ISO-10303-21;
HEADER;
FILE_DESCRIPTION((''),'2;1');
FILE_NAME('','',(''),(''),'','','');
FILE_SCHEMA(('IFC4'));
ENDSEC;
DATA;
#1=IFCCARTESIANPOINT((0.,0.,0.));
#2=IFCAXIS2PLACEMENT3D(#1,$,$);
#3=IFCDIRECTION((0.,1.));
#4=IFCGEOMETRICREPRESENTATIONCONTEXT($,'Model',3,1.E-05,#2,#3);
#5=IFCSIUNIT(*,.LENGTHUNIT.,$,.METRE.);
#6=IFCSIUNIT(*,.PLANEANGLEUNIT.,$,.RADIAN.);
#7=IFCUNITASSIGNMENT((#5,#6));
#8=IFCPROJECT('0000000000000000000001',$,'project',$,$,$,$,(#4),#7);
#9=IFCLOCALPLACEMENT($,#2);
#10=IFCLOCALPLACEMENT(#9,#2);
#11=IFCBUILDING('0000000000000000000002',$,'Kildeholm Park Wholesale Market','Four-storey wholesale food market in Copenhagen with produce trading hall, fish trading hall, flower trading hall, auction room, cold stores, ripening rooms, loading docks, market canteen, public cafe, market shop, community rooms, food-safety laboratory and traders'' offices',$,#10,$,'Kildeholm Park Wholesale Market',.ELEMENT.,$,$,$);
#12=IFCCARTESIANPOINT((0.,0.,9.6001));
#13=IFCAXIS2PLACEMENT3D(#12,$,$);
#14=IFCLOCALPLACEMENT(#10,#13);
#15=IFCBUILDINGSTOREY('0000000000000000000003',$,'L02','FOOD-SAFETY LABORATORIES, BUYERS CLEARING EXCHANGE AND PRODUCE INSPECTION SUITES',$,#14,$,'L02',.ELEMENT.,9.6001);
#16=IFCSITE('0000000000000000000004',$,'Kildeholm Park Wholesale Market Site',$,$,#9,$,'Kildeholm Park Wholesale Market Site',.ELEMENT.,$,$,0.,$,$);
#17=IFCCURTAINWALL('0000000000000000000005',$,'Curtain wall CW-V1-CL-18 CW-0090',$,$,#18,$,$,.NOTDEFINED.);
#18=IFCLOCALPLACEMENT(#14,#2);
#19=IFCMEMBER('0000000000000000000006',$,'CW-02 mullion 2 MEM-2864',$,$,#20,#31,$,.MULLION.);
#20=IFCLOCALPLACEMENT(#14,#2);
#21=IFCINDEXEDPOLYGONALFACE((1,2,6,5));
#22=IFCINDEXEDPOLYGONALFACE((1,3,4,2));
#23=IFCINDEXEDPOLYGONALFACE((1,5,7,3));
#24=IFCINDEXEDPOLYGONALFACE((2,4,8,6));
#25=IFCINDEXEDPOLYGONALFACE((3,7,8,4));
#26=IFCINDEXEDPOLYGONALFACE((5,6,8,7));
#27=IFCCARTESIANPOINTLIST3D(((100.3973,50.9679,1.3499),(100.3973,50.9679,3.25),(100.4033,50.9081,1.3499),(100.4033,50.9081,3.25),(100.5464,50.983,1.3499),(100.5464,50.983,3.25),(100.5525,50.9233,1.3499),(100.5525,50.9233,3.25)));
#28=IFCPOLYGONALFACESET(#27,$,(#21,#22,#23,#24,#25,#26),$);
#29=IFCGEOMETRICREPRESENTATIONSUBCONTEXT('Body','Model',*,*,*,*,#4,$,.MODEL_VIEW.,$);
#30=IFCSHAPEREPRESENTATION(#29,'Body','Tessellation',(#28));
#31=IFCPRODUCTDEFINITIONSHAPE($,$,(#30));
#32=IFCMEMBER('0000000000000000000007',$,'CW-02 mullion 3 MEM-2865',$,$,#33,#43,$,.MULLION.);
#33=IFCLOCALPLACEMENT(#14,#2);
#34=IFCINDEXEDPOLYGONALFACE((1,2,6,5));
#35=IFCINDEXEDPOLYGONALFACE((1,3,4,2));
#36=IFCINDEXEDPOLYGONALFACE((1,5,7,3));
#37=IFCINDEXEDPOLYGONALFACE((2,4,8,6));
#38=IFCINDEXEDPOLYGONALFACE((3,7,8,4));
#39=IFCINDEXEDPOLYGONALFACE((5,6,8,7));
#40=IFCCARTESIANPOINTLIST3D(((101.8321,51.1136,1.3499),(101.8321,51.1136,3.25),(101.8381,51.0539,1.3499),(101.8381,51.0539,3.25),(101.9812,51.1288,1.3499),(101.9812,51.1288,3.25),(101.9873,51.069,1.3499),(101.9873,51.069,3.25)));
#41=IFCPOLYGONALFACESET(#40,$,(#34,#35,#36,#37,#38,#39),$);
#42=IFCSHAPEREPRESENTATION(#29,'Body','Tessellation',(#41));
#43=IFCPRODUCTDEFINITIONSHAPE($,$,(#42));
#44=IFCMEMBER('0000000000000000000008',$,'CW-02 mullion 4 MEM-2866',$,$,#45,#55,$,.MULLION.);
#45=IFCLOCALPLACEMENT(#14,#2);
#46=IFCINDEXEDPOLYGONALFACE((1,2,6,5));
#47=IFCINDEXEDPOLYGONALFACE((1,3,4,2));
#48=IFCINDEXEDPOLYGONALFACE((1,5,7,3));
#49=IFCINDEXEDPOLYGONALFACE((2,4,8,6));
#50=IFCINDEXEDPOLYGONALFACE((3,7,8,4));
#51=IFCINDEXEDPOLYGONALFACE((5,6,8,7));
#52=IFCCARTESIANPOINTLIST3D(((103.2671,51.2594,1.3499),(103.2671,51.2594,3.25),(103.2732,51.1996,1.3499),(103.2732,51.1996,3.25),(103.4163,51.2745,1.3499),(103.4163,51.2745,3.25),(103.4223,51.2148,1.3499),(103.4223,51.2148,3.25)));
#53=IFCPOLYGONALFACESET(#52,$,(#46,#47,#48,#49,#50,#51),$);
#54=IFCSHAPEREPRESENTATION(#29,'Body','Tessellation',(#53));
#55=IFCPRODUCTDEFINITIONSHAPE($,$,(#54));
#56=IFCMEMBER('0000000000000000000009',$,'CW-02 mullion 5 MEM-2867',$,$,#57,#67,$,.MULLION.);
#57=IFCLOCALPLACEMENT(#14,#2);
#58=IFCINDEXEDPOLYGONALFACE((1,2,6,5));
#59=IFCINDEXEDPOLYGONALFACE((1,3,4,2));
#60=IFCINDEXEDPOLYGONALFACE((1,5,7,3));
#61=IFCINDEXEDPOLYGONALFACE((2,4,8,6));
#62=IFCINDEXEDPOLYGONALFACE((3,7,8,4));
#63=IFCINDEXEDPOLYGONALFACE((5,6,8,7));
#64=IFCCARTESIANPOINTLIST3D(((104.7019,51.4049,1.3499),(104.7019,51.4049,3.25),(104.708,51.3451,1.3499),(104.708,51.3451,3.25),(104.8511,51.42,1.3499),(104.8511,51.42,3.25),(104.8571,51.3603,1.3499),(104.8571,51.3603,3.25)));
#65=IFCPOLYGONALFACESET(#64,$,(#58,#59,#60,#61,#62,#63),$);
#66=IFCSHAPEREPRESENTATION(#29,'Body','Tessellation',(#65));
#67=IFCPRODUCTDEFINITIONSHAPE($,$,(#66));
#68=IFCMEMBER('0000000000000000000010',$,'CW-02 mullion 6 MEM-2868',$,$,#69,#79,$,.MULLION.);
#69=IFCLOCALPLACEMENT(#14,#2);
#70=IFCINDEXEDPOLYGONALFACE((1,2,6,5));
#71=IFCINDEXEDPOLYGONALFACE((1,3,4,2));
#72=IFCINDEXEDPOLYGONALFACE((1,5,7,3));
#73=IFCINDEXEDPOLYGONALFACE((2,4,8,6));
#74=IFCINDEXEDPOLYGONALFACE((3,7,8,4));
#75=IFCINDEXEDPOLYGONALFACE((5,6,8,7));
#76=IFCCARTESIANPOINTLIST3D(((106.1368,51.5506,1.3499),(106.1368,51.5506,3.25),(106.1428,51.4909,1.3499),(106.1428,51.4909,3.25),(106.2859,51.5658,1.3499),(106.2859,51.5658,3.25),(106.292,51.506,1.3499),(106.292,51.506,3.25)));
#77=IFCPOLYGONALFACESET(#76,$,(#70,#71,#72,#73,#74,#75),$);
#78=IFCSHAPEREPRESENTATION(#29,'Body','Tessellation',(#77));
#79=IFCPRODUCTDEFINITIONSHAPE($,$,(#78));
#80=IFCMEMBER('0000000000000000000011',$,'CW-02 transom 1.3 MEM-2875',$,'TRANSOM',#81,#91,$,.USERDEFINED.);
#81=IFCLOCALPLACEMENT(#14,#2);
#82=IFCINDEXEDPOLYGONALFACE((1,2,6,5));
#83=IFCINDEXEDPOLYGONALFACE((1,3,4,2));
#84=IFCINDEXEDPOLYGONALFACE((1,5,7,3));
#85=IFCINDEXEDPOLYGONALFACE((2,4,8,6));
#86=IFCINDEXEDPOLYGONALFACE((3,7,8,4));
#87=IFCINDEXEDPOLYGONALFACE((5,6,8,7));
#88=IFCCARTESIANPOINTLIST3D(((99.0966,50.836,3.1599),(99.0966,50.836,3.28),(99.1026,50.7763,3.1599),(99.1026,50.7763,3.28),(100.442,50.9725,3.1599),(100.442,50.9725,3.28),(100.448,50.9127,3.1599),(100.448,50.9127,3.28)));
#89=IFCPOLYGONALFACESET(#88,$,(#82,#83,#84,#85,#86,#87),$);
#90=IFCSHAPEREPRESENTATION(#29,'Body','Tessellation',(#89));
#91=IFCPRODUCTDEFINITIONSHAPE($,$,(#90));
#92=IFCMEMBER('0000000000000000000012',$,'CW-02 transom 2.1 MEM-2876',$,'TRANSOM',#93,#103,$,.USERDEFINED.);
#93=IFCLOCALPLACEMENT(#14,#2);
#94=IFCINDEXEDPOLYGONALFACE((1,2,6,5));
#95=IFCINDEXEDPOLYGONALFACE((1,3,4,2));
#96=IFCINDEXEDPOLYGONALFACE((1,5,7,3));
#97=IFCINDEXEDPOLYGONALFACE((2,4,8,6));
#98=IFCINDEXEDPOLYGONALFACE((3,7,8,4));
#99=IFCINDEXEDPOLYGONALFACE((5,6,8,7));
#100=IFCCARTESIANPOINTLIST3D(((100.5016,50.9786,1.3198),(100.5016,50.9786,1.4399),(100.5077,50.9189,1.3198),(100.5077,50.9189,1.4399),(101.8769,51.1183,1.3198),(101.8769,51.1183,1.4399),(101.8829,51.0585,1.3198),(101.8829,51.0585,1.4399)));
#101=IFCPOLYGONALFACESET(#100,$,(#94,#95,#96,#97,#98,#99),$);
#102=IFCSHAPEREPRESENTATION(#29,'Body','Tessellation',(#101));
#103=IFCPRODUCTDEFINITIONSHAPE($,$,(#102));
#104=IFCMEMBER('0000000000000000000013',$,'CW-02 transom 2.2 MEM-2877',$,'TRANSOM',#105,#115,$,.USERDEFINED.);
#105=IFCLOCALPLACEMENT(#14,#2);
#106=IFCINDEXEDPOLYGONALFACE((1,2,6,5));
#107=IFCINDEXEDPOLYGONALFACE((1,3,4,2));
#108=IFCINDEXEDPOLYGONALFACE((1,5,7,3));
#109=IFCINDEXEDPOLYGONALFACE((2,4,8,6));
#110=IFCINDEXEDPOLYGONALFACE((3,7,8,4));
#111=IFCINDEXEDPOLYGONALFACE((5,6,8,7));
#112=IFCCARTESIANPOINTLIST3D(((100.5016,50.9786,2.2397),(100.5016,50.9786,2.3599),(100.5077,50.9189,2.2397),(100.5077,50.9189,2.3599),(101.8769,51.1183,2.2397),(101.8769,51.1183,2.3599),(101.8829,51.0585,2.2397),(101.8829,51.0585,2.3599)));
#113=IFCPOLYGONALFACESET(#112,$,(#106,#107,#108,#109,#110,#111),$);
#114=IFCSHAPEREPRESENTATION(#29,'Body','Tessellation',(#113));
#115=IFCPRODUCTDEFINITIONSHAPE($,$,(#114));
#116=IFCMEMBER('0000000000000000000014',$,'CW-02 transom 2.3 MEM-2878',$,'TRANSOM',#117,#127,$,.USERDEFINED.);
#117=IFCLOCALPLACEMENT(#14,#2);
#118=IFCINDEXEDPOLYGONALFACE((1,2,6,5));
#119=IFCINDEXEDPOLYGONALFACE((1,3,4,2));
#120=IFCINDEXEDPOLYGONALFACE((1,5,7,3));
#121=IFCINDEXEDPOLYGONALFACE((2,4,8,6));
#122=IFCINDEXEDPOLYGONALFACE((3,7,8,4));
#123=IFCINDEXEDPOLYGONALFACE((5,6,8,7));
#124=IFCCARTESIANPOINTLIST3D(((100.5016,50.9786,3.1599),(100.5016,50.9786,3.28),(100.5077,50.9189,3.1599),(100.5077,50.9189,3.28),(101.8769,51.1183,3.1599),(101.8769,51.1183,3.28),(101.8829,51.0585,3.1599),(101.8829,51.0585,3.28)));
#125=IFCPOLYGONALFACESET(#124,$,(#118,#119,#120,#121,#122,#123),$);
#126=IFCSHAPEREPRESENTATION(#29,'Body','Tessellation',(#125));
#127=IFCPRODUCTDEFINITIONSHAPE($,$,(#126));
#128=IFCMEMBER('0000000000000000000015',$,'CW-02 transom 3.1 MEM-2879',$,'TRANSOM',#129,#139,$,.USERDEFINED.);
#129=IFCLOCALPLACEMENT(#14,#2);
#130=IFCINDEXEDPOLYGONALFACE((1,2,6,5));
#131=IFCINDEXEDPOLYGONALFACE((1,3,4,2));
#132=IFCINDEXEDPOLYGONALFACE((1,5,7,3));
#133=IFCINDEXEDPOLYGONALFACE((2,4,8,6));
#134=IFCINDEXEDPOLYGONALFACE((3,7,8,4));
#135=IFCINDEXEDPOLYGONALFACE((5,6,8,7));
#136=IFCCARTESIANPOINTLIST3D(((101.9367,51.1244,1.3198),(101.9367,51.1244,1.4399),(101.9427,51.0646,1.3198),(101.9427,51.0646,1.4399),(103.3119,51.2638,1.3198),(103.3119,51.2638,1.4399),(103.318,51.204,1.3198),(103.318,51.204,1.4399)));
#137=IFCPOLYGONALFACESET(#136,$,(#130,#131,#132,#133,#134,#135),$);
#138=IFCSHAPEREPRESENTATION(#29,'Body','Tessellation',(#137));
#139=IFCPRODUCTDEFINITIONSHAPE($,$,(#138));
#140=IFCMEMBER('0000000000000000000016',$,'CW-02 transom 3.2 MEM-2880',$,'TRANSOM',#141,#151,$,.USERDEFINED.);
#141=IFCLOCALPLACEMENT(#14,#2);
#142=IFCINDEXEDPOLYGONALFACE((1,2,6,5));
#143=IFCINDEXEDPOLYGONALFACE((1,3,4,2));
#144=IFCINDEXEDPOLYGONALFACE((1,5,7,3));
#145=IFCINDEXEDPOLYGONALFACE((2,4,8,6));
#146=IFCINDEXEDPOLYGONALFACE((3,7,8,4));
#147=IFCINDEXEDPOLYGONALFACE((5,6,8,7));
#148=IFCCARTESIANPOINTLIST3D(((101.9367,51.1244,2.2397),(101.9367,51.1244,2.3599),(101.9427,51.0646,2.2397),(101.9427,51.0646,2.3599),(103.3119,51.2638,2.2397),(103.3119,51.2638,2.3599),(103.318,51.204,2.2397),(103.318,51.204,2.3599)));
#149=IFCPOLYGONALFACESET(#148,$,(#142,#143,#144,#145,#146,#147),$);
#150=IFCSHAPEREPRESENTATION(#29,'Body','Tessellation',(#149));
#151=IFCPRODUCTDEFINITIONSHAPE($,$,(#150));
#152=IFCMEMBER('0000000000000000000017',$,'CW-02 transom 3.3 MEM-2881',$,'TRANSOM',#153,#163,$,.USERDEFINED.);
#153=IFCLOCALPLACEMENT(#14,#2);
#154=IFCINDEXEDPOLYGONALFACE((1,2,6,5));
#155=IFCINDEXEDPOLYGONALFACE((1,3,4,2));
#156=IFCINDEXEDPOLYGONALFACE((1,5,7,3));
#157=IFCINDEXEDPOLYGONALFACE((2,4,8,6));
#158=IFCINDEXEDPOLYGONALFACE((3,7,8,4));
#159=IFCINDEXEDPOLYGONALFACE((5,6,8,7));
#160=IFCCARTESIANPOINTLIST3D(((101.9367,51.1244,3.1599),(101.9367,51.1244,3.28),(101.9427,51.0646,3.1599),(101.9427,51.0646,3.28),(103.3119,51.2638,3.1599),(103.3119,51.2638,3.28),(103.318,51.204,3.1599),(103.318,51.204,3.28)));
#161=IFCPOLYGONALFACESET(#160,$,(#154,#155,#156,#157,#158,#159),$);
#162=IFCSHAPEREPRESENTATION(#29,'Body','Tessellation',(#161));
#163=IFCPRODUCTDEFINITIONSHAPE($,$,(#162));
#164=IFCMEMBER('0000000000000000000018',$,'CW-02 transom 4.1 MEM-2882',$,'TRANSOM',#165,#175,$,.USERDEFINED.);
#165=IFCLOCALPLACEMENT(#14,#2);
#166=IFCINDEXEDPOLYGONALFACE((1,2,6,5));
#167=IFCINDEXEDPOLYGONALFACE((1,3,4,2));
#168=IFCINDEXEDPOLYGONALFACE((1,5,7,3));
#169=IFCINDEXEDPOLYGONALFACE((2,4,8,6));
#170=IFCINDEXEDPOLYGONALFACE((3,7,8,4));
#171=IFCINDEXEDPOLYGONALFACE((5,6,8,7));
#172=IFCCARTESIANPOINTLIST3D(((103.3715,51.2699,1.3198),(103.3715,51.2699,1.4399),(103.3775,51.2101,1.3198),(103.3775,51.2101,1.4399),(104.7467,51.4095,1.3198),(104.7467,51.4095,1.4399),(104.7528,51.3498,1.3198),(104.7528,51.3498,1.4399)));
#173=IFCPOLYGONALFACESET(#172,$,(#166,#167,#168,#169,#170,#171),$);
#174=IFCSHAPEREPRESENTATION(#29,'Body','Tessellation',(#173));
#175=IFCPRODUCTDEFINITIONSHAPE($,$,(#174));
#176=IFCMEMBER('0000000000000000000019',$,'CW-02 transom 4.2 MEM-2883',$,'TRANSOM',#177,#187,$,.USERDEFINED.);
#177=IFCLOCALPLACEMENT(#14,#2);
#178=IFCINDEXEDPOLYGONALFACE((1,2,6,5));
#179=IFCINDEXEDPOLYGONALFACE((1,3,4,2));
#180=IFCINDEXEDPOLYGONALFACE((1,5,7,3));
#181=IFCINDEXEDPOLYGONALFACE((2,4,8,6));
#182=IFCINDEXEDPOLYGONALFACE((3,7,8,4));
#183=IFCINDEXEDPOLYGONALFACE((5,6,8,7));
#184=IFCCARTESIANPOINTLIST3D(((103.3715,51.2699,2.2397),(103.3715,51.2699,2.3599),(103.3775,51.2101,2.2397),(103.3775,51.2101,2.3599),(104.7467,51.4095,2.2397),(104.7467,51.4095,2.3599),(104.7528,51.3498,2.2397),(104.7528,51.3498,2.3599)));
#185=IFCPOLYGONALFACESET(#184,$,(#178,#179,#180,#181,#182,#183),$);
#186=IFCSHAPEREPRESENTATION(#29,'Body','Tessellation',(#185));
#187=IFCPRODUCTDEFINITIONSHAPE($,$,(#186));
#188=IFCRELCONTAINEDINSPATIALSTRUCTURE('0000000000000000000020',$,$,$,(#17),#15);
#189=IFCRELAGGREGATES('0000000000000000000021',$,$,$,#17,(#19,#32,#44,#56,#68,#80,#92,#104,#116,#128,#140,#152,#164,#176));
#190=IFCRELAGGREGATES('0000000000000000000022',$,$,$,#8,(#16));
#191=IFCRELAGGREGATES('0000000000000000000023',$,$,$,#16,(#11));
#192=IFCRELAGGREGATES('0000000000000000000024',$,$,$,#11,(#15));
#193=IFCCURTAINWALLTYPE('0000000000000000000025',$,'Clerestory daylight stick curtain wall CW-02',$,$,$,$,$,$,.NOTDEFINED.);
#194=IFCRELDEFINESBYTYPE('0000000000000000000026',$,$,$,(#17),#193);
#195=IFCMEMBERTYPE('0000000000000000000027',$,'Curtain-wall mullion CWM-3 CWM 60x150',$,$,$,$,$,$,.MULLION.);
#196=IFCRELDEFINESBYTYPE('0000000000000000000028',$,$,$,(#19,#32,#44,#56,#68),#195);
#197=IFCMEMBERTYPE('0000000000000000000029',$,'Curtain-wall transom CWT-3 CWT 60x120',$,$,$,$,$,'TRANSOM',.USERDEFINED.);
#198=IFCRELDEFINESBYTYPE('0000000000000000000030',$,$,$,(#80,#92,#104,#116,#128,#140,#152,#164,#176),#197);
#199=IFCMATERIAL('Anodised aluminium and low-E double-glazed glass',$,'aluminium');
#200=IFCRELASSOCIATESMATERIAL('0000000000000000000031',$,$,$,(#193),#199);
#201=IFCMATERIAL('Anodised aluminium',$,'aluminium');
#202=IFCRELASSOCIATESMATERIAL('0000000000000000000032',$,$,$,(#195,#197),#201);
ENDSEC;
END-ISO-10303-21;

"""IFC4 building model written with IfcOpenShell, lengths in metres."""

from ifc_helpers import new_model, si_unit, direction, frame, origin, origin_2d, place, context, subcontext, project, spatial, rectangle, extrude, material, material_profile, profile_set, type_object, element, aggregate, save


model = new_model("IFC4")

# Units and contexts
model_context = context("Model", 3, precision=1e-05, world=origin(), true_north=direction((0.0, 1.0)))
body_context = subcontext(model_context, "Body", "Model", "MODEL_VIEW")
ifc_project = project(units=[si_unit("LENGTHUNIT", "METRE"), si_unit("PLANEANGLEUNIT", "RADIAN")], contexts=[model_context])

# Site, building, storey
site_placement = place(None, origin())
site = spatial("IfcSite", under=ifc_project, at=site_placement, Name="Kildeholm Park Wholesale Market Site", LongName="Kildeholm Park Wholesale Market Site", CompositionType="ELEMENT", RefElevation=0.0)
building_placement = place(site_placement, origin())
building = spatial("IfcBuilding", under=site, at=building_placement, Name="Kildeholm Park Wholesale Market", Description="Four-storey wholesale food market in Copenhagen with produce trading hall, fish trading hall, flower trading hall, auction room, cold stores, ripening rooms, loading docks, market canteen, public cafe, market shop, community rooms, food-safety laboratory and traders' offices", LongName="Kildeholm Park Wholesale Market", CompositionType="ELEMENT")
storey_placement = place(building_placement, frame((0.0, 0.0, 9.6001)))
storey = spatial("IfcBuildingStorey", under=building, at=storey_placement, Name="L02", Description="FOOD-SAFETY LABORATORIES, BUYERS CLEARING EXCHANGE AND PRODUCE INSPECTION SUITES", LongName="L02", CompositionType="ELEMENT", Elevation=9.6001)

# Curtain wall, members
ifc_material_1 = material(Name="Anodised aluminium and low-E double-glazed glass", Category="aluminium")
curtain_wall_type = type_object("IfcCurtainWallType", Name="Clerestory daylight stick curtain wall CW-02", PredefinedType="NOTDEFINED", material=ifc_material_1)
curtain_wall_placement = place(storey_placement, origin())
curtain_wall = element("IfcCurtainWall", 1, at=curtain_wall_placement, inside=storey, type_object=curtain_wall_type, Name="Curtain wall CW-V1-CL-18 CW-0090", PredefinedType="NOTDEFINED")
ifc_material_2 = material(Name="Anodised aluminium", Category="aluminium")
ifc_material_profile_1 = material_profile(ifc_material_2, rectangle(XDim=0.0601, YDim=0.1499, at=origin_2d()), Name="CWM 60x150")
ifc_profile_set_1 = profile_set([ifc_material_profile_1], Name="Anodised aluminium")
member_type_1 = type_object("IfcMemberType", Name="Curtain-wall mullion CWM-3 CWM 60x150", PredefinedType="MULLION", material=ifc_profile_set_1)
member_1_placement = place(storey_placement, frame((100.4749, 50.9456, 1.3499), z_axis=(0.0, 0.0, 1.0), x_axis=(-0.100999, 0.994887, 0.0)))
member_1 = element("IfcMember", 2, at=member_1_placement, type_object=member_type_1, Name="CW-02 mullion 2 MEM-2864", PredefinedType="MULLION", context=body_context, shape_type="SweptSolid", body=[
    extrude(rectangle(XDim=0.0601, YDim=0.1499, at=origin_2d()), origin(), (0.0, 0.0, 1.0), 1.9001),
])
member_2_placement = place(storey_placement, frame((101.9097, 51.0913, 1.3499), z_axis=(0.0, 0.0, 1.0), x_axis=(-0.100999, 0.994887, 0.0)))
member_2 = element("IfcMember", 3, at=member_2_placement, type_object=member_type_1, Name="CW-02 mullion 3 MEM-2865", PredefinedType="MULLION", context=body_context, shape_type="SweptSolid", body=[
    extrude(rectangle(XDim=0.0601, YDim=0.1499, at=origin_2d()), origin(), (0.0, 0.0, 1.0), 1.9001),
])
member_3_placement = place(storey_placement, frame((103.3447, 51.2371, 1.3499), z_axis=(0.0, 0.0, 1.0), x_axis=(-0.100999, 0.994887, 0.0)))
member_3 = element("IfcMember", 4, at=member_3_placement, type_object=member_type_1, Name="CW-02 mullion 4 MEM-2866", PredefinedType="MULLION", context=body_context, shape_type="SweptSolid", body=[
    extrude(rectangle(XDim=0.0601, YDim=0.1499, at=origin_2d()), origin(), (0.0, 0.0, 1.0), 1.9001),
])
member_4_placement = place(storey_placement, frame((104.7795, 51.3826, 1.3499), z_axis=(0.0, 0.0, 1.0), x_axis=(-0.100999, 0.994887, 0.0)))
member_4 = element("IfcMember", 5, at=member_4_placement, type_object=member_type_1, Name="CW-02 mullion 5 MEM-2867", PredefinedType="MULLION", context=body_context, shape_type="SweptSolid", body=[
    extrude(rectangle(XDim=0.0601, YDim=0.1499, at=origin_2d()), origin(), (0.0, 0.0, 1.0), 1.9001),
])
member_5_placement = place(storey_placement, frame((106.2144, 51.5283, 1.3499), z_axis=(0.0, 0.0, 1.0), x_axis=(-0.100999, 0.994887, 0.0)))
member_5 = element("IfcMember", 6, at=member_5_placement, type_object=member_type_1, Name="CW-02 mullion 6 MEM-2868", PredefinedType="MULLION", context=body_context, shape_type="SweptSolid", body=[
    extrude(rectangle(XDim=0.0601, YDim=0.1499, at=origin_2d()), origin(), (0.0, 0.0, 1.0), 1.9001),
])
ifc_material_profile_2 = material_profile(ifc_material_2, rectangle(XDim=0.0601, YDim=0.1201, at=origin_2d()), Name="CWT 60x120")
ifc_profile_set_2 = profile_set([ifc_material_profile_2], Name="Anodised aluminium")
member_type_2 = type_object("IfcMemberType", Name="Curtain-wall transom CWT-3 CWT 60x120", ElementType="TRANSOM", PredefinedType="USERDEFINED", material=ifc_profile_set_2)
member_6_placement = place(storey_placement, frame((99.0996, 50.8062, 3.22), z_axis=(0.994895, 0.100916, 0.0), x_axis=(-0.100916, 0.994895, 0.0)))
member_6 = element("IfcMember", 7, at=member_6_placement, type_object=member_type_2, Name="CW-02 transom 1.3 MEM-2875", ObjectType="TRANSOM", PredefinedType="USERDEFINED", context=body_context, shape_type="SweptSolid", body=[
    extrude(rectangle(XDim=0.0601, YDim=0.1201, at=origin_2d()), origin(), (0.0, 0.0, 1.0), 1.3523),
])
member_7_placement = place(storey_placement, frame((100.5046, 50.9487, 1.3799), z_axis=(0.994884, 0.101025, 0.0), x_axis=(-0.101025, 0.994884, 0.0)))
member_7 = element("IfcMember", 8, at=member_7_placement, type_object=member_type_2, Name="CW-02 transom 2.1 MEM-2876", ObjectType="TRANSOM", PredefinedType="USERDEFINED", context=body_context, shape_type="SweptSolid", body=[
    extrude(rectangle(XDim=0.0601, YDim=0.1201, at=origin_2d()), origin(), (0.0, 0.0, 1.0), 1.3823),
])
member_8_placement = place(storey_placement, frame((100.5046, 50.9487, 2.2998), z_axis=(0.994884, 0.101025, 0.0), x_axis=(-0.101025, 0.994884, 0.0)))
member_8 = element("IfcMember", 9, at=member_8_placement, type_object=member_type_2, Name="CW-02 transom 2.2 MEM-2877", ObjectType="TRANSOM", PredefinedType="USERDEFINED", context=body_context, shape_type="SweptSolid", body=[
    extrude(rectangle(XDim=0.0601, YDim=0.1201, at=origin_2d()), origin(), (0.0, 0.0, 1.0), 1.3823),
])
member_9_placement = place(storey_placement, frame((100.5046, 50.9487, 3.22), z_axis=(0.994884, 0.101025, 0.0), x_axis=(-0.101025, 0.994884, 0.0)))
member_9 = element("IfcMember", 10, at=member_9_placement, type_object=member_type_2, Name="CW-02 transom 2.3 MEM-2878", ObjectType="TRANSOM", PredefinedType="USERDEFINED", context=body_context, shape_type="SweptSolid", body=[
    extrude(rectangle(XDim=0.0601, YDim=0.1201, at=origin_2d()), origin(), (0.0, 0.0, 1.0), 1.3823),
])
member_10_placement = place(storey_placement, frame((101.9397, 51.0945, 1.3799), z_axis=(0.994902, 0.10085, 0.0), x_axis=(-0.10085, 0.994902, 0.0)))
member_10 = element("IfcMember", 11, at=member_10_placement, type_object=member_type_2, Name="CW-02 transom 3.1 MEM-2879", ObjectType="TRANSOM", PredefinedType="USERDEFINED", context=body_context, shape_type="SweptSolid", body=[
    extrude(rectangle(XDim=0.0601, YDim=0.1201, at=origin_2d()), origin(), (0.0, 0.0, 1.0), 1.3823),
])
member_11_placement = place(storey_placement, frame((101.9397, 51.0945, 2.2998), z_axis=(0.994902, 0.10085, 0.0), x_axis=(-0.10085, 0.994902, 0.0)))
member_11 = element("IfcMember", 12, at=member_11_placement, type_object=member_type_2, Name="CW-02 transom 3.2 MEM-2880", ObjectType="TRANSOM", PredefinedType="USERDEFINED", context=body_context, shape_type="SweptSolid", body=[
    extrude(rectangle(XDim=0.0601, YDim=0.1201, at=origin_2d()), origin(), (0.0, 0.0, 1.0), 1.3823),
])
member_12_placement = place(storey_placement, frame((101.9397, 51.0945, 3.22), z_axis=(0.994902, 0.10085, 0.0), x_axis=(-0.10085, 0.994902, 0.0)))
member_12 = element("IfcMember", 13, at=member_12_placement, type_object=member_type_2, Name="CW-02 transom 3.3 MEM-2881", ObjectType="TRANSOM", PredefinedType="USERDEFINED", context=body_context, shape_type="SweptSolid", body=[
    extrude(rectangle(XDim=0.0601, YDim=0.1201, at=origin_2d()), origin(), (0.0, 0.0, 1.0), 1.3823),
])
member_13_placement = place(storey_placement, frame((103.3745, 51.24, 1.3799), z_axis=(0.994884, 0.101025, 0.0), x_axis=(-0.101025, 0.994884, 0.0)))
member_13 = element("IfcMember", 14, at=member_13_placement, type_object=member_type_2, Name="CW-02 transom 4.1 MEM-2882", ObjectType="TRANSOM", PredefinedType="USERDEFINED", context=body_context, shape_type="SweptSolid", body=[
    extrude(rectangle(XDim=0.0601, YDim=0.1201, at=origin_2d()), origin(), (0.0, 0.0, 1.0), 1.3823),
])
member_14_placement = place(storey_placement, frame((103.3745, 51.24, 2.2998), z_axis=(0.994884, 0.101025, 0.0), x_axis=(-0.101025, 0.994884, 0.0)))
member_14 = element("IfcMember", 15, at=member_14_placement, type_object=member_type_2, Name="CW-02 transom 4.2 MEM-2883", ObjectType="TRANSOM", PredefinedType="USERDEFINED", context=body_context, shape_type="SweptSolid", body=[
    extrude(rectangle(XDim=0.0601, YDim=0.1201, at=origin_2d()), origin(), (0.0, 0.0, 1.0), 1.3823),
])
aggregate(curtain_wall, [member_1, member_2, member_3, member_4, member_5, member_6, member_7, member_8, member_9, member_10, member_11, member_12, member_13, member_14])

save(model, "model.ifc")
